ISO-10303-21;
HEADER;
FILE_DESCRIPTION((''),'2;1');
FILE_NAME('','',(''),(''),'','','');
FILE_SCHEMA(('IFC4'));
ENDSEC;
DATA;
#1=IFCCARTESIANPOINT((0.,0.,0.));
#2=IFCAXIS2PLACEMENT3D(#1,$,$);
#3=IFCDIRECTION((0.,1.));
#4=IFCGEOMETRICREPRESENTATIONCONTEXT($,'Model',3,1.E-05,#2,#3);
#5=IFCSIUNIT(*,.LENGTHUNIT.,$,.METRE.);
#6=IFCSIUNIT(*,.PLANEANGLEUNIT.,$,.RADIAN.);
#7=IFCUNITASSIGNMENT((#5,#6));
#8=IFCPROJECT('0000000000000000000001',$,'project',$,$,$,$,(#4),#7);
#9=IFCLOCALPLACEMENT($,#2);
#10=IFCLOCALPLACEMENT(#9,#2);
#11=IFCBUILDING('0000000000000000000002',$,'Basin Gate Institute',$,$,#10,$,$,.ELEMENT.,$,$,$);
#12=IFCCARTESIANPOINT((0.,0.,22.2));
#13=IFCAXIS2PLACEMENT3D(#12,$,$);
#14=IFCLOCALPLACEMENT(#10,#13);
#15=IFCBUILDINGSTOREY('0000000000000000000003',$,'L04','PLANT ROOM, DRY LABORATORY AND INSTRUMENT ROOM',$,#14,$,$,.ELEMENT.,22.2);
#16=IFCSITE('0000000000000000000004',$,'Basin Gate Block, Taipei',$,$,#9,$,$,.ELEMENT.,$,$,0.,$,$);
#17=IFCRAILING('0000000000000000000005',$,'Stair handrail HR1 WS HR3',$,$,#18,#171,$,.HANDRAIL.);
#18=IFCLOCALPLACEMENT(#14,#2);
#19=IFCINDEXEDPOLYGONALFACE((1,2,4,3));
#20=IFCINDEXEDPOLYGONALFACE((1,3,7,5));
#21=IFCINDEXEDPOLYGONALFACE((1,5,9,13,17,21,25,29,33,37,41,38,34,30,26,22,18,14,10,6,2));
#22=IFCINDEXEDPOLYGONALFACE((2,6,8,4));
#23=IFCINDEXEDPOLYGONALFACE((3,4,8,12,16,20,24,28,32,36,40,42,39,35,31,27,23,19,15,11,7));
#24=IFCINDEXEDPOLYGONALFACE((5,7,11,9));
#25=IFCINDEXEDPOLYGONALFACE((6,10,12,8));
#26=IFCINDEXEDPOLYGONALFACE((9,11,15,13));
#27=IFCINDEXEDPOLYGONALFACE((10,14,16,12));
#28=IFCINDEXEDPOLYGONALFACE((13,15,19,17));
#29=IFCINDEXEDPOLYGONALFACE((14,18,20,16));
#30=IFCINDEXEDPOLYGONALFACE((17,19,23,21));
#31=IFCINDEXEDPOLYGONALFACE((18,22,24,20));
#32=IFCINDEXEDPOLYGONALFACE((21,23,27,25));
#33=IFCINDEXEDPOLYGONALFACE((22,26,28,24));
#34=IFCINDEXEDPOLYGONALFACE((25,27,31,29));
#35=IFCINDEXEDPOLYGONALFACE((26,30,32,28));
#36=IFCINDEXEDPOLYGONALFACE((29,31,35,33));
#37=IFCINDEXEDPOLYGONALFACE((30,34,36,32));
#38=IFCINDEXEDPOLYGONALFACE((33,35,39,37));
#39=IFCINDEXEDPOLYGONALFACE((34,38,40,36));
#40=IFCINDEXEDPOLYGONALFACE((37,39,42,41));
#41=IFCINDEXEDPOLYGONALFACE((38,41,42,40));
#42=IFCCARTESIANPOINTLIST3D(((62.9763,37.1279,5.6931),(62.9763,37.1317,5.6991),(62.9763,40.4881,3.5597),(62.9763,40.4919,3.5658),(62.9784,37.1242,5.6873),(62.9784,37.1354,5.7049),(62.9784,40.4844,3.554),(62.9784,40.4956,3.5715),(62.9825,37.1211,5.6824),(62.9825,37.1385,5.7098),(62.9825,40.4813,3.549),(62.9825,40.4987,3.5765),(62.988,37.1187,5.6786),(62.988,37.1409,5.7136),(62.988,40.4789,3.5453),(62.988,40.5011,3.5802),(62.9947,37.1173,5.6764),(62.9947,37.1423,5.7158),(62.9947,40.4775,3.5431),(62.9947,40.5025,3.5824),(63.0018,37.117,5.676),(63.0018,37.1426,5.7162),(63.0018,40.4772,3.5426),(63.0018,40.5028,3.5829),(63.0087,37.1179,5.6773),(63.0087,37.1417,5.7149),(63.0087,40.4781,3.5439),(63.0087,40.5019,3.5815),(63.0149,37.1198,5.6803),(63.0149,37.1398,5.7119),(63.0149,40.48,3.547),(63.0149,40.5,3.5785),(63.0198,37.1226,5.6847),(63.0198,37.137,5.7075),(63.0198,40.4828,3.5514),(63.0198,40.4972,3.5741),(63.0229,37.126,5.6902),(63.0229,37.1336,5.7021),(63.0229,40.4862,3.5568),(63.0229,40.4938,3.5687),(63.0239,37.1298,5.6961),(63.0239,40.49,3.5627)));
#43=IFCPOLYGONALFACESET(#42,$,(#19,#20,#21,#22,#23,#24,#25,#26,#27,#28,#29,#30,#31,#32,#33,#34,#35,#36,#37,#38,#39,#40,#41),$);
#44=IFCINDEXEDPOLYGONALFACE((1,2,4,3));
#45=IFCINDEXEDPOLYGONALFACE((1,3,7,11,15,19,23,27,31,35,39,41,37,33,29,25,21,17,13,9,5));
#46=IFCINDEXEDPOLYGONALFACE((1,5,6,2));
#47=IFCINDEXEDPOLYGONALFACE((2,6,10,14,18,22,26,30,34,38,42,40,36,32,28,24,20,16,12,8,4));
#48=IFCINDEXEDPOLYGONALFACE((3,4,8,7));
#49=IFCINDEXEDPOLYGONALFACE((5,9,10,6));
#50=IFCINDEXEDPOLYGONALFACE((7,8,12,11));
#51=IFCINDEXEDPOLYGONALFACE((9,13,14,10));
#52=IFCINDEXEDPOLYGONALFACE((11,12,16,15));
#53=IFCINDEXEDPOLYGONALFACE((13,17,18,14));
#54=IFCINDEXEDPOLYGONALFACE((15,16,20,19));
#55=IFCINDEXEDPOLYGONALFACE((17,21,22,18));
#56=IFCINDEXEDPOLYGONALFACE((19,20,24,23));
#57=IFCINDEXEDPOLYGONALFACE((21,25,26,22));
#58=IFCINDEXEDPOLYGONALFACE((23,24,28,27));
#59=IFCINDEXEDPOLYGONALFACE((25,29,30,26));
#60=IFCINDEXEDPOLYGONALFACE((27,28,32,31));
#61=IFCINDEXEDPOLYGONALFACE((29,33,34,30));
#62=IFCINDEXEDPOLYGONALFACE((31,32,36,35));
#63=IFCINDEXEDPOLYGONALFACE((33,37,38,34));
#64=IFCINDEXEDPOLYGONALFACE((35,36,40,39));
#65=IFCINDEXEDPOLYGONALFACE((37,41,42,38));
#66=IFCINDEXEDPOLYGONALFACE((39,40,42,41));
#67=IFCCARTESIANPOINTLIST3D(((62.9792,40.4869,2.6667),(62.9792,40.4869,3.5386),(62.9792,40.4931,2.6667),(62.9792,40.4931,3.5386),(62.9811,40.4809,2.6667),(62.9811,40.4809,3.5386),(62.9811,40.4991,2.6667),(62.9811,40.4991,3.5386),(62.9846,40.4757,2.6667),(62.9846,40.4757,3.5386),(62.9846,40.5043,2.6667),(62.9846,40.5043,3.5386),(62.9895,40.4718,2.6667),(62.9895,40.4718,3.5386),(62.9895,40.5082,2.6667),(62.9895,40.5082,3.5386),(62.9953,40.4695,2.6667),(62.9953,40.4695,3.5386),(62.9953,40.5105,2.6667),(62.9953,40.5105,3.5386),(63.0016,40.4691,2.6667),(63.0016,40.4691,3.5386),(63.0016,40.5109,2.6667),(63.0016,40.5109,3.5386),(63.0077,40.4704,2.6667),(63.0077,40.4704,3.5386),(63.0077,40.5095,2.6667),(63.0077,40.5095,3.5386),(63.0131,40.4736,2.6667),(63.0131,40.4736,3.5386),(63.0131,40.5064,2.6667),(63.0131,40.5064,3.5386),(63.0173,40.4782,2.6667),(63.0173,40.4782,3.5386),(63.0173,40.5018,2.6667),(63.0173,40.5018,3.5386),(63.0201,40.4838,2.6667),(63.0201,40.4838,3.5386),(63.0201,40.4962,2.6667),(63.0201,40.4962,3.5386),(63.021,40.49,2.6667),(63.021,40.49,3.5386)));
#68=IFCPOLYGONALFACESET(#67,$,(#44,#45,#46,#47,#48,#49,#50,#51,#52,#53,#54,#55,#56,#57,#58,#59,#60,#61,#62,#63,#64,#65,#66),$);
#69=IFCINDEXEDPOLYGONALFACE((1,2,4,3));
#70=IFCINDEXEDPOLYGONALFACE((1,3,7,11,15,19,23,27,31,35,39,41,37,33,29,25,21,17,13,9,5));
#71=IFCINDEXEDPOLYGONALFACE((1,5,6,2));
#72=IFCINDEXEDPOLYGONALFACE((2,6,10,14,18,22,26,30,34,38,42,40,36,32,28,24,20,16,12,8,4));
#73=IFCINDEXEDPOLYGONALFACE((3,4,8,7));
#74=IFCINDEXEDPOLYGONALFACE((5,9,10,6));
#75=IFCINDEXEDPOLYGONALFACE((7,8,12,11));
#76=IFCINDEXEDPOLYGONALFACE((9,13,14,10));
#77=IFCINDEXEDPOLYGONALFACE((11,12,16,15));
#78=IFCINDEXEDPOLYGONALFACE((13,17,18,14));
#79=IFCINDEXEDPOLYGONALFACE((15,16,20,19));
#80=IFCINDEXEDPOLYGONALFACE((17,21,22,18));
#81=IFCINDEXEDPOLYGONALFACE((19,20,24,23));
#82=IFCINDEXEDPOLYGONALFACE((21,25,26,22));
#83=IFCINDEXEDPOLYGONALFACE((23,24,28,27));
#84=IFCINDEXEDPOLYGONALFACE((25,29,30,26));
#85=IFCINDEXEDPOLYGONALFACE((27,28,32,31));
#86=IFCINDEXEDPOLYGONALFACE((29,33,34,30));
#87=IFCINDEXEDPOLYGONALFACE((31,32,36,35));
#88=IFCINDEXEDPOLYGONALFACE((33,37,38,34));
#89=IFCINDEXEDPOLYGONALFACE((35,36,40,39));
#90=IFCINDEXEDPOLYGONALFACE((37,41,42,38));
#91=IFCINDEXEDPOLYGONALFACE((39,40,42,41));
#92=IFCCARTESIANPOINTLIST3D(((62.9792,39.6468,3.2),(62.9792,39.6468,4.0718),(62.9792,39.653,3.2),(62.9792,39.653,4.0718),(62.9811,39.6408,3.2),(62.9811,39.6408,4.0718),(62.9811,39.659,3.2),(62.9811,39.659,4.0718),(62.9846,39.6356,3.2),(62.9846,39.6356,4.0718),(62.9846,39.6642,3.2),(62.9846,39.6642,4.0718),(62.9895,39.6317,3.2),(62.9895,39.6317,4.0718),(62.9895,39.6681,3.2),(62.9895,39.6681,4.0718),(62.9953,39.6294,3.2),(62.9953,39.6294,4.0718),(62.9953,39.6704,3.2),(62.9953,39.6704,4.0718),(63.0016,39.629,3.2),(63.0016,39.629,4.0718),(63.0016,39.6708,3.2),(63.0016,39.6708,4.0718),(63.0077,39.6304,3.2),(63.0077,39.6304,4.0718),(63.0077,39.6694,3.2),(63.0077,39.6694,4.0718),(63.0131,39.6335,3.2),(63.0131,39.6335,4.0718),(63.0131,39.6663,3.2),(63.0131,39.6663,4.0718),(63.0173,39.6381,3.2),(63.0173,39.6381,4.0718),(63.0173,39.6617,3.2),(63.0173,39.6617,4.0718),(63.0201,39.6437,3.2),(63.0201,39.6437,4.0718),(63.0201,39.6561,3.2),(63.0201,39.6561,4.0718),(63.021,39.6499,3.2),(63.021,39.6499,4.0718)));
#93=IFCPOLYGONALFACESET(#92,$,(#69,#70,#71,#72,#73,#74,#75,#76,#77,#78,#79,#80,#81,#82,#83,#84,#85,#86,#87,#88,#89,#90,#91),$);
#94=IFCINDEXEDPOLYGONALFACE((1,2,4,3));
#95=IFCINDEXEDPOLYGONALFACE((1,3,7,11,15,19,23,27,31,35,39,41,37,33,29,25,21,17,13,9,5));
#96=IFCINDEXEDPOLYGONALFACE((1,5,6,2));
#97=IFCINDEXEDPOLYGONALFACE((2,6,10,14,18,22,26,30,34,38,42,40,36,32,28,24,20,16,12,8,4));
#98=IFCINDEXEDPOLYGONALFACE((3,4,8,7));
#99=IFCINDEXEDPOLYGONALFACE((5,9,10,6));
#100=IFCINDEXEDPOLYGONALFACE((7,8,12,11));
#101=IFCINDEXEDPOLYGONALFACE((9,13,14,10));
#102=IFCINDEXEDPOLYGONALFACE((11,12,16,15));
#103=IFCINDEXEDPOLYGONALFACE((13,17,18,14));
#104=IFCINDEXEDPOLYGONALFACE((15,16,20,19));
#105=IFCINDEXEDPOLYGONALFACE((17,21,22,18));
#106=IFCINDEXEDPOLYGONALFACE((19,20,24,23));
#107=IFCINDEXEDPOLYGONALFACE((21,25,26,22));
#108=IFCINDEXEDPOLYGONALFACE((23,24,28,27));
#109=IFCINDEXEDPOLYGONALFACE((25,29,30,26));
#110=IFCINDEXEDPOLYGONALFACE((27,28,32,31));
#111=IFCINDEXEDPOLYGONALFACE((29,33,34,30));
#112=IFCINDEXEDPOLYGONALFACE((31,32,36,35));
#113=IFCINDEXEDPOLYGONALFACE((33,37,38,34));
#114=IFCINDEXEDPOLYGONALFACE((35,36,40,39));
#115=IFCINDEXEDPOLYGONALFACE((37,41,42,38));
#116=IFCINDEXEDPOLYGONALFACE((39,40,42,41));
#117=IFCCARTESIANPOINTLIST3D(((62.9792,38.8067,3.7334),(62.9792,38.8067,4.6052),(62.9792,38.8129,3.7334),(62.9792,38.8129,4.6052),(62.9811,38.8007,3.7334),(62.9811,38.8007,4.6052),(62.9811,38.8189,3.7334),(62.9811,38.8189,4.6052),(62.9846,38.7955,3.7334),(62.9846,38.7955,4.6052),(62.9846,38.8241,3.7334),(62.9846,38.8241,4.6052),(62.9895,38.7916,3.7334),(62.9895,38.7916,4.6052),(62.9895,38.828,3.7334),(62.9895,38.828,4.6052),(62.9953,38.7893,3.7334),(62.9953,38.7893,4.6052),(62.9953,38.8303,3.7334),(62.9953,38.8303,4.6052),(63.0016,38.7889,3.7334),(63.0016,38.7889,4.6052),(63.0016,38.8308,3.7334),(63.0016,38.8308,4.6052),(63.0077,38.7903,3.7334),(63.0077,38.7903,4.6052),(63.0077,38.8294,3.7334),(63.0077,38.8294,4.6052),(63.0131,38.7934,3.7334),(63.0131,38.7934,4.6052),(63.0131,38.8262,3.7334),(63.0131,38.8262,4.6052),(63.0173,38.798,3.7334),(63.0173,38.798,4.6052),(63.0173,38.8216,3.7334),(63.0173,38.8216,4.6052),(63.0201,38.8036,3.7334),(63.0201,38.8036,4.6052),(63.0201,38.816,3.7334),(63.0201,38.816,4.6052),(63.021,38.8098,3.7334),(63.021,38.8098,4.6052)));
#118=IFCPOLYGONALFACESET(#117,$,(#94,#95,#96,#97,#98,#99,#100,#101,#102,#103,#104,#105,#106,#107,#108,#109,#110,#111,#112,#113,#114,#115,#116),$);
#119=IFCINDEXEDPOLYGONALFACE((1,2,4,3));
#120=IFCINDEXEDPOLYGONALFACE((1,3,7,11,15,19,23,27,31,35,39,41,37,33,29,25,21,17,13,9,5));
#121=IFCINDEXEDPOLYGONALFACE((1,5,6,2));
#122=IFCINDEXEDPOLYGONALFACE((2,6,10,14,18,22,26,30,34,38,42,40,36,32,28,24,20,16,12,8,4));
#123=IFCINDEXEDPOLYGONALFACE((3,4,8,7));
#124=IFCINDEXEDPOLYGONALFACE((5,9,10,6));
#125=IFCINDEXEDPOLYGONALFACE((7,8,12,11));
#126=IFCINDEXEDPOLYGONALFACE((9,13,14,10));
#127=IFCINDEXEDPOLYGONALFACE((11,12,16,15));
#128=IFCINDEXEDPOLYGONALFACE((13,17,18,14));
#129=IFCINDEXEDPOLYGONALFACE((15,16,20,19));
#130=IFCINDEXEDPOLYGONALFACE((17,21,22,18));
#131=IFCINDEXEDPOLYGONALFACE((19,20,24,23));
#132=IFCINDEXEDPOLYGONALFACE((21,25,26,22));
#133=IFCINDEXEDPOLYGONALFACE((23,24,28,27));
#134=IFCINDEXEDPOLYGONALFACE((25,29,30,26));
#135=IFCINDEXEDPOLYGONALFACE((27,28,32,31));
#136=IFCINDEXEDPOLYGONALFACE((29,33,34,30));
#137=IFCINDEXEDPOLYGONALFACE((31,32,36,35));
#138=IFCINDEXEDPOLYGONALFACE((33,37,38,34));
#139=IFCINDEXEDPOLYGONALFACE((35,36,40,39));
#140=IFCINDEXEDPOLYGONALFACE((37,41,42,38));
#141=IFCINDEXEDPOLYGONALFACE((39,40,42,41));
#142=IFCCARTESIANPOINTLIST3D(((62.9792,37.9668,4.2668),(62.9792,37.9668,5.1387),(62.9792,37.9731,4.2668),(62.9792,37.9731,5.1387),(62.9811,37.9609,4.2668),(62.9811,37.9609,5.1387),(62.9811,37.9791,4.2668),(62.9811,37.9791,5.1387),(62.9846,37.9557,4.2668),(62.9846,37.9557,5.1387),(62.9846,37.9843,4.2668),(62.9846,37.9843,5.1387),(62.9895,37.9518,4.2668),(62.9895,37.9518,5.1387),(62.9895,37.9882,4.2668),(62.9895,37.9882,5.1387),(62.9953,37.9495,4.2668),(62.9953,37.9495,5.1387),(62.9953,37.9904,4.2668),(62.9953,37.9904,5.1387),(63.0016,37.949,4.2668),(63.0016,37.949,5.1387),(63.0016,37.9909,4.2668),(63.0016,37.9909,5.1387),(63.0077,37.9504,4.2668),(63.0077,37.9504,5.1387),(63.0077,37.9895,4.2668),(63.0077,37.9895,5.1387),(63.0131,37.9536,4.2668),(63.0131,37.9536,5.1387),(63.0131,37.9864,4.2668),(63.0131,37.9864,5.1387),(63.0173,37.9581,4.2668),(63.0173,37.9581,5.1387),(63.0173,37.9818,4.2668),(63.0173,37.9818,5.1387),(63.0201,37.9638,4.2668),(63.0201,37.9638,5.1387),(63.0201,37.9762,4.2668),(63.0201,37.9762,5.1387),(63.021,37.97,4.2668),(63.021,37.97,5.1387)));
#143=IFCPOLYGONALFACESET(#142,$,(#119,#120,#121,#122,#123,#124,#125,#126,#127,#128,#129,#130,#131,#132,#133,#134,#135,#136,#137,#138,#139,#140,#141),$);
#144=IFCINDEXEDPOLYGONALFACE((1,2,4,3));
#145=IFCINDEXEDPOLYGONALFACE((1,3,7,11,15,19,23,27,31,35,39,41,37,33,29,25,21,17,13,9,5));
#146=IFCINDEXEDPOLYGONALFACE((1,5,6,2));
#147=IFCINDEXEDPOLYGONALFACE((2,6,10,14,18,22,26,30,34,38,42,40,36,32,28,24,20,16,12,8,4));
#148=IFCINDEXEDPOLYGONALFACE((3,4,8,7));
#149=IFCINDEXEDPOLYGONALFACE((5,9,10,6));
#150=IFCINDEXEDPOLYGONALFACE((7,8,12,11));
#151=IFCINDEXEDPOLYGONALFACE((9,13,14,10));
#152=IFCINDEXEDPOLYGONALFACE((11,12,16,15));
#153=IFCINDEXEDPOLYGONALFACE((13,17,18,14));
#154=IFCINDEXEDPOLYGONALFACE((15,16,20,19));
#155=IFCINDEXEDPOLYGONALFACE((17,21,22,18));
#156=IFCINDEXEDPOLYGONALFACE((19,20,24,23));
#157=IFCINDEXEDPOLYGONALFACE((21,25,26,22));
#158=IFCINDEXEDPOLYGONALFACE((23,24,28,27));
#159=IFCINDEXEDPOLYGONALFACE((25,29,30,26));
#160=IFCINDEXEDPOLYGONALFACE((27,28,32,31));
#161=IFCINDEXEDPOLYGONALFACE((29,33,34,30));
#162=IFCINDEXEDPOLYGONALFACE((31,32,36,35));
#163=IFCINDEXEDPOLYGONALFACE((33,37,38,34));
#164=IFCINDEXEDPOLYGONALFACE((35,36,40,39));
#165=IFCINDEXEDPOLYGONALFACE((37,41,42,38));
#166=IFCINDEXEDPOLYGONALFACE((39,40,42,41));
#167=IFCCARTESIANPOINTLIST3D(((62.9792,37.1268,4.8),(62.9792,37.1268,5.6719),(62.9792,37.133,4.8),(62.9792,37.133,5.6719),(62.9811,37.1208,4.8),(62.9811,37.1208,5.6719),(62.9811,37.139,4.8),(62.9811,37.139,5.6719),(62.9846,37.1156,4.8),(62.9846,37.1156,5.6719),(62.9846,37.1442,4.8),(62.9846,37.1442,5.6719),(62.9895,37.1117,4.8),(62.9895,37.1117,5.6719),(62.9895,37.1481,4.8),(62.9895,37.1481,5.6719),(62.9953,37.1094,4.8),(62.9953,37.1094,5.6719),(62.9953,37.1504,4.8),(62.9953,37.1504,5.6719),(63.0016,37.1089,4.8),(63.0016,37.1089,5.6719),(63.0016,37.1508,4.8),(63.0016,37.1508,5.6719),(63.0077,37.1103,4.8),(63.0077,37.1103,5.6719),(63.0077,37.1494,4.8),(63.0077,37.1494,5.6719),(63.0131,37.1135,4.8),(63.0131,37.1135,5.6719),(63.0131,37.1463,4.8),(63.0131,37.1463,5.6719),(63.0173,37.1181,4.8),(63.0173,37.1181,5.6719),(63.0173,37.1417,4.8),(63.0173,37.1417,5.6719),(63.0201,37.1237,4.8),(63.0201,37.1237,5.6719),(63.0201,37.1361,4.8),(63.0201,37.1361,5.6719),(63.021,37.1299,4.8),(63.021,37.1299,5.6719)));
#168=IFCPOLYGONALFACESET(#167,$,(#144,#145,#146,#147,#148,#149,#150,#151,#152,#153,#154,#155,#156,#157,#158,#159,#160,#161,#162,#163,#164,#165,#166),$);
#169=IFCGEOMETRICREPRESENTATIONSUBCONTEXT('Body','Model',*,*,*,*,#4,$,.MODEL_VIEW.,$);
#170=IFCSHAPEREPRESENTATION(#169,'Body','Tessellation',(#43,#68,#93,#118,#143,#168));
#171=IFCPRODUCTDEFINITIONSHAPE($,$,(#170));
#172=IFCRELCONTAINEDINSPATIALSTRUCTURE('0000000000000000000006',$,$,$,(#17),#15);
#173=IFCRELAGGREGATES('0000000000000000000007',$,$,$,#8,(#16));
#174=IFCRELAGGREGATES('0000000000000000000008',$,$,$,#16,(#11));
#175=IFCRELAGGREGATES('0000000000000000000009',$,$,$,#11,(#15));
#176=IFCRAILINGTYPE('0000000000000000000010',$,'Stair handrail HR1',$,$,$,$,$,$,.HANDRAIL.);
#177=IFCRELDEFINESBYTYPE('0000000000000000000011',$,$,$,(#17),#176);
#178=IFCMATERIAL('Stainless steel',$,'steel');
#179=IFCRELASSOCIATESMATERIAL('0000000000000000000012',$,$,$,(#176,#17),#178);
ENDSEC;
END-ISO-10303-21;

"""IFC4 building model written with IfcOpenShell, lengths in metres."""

from ifc_helpers import new_model, si_unit, direction, frame, origin, origin_2d, place, context, subcontext, project, spatial, circle, extrude, material, type_object, element, save


model = new_model("IFC4")

# Units and contexts
model_context = context("Model", 3, precision=1e-05, world=origin(), true_north=direction((0.0, 1.0)))
body_context = subcontext(model_context, "Body", "Model", "MODEL_VIEW")
ifc_project = project(units=[si_unit("LENGTHUNIT", "METRE"), si_unit("PLANEANGLEUNIT", "RADIAN")], contexts=[model_context])

# Site, building, storey
site_placement = place(None, origin())
site = spatial("IfcSite", under=ifc_project, at=site_placement, Name="Basin Gate Block, Taipei", CompositionType="ELEMENT", RefElevation=0.0)
building_placement = place(site_placement, origin())
building = spatial("IfcBuilding", under=site, at=building_placement, Name="Basin Gate Institute", CompositionType="ELEMENT")
storey_placement = place(building_placement, frame((0.0, 0.0, 22.2)))
storey = spatial("IfcBuildingStorey", under=building, at=storey_placement, Name="L04", Description="PLANT ROOM, DRY LABORATORY AND INSTRUMENT ROOM", CompositionType="ELEMENT", Elevation=22.2)

# Railing
ifc_material_1 = material(Name="Stainless steel", Category="steel")
railing_type_1 = type_object("IfcRailingType", Name="Stair handrail HR1", PredefinedType="HANDRAIL", material=ifc_material_1)
railing_1_placement = place(storey_placement, frame((63.0, 40.49, 2.6667)))
element("IfcRailing", 1, at=railing_1_placement, inside=storey, type_object=railing_type_1, material=ifc_material_1, Name="Stair handrail HR1 WS HR3", PredefinedType="HANDRAIL", context=body_context, shape_type="SweptSolid", body=[
    extrude(circle(Radius=0.0239, at=origin_2d()), frame((0.0, 0.0, 0.896), z_axis=(0.0, -0.844224, 0.53599), x_axis=(1.0, 0.0, 0.0)), (0.0, 0.0, 1.0), 3.9802),
    extrude(circle(Radius=0.021, at=origin_2d()), origin(), (0.0, 0.0, 1.0), 0.8718),
    extrude(circle(Radius=0.021, at=origin_2d()), frame((0.0, -0.8401, 0.5332)), (0.0, 0.0, 1.0), 0.8718),
    extrude(circle(Radius=0.021, at=origin_2d()), frame((0.0, -1.6802, 1.0667)), (0.0, 0.0, 1.0), 0.8718),
    extrude(circle(Radius=0.021, at=origin_2d()), frame((0.0, -2.52, 1.6001)), (0.0, 0.0, 1.0), 0.8718),
    extrude(circle(Radius=0.021, at=origin_2d()), frame((0.0, -3.3601, 2.1333)), (0.0, 0.0, 1.0), 0.8718),
])

save(model, "model.ifc")
